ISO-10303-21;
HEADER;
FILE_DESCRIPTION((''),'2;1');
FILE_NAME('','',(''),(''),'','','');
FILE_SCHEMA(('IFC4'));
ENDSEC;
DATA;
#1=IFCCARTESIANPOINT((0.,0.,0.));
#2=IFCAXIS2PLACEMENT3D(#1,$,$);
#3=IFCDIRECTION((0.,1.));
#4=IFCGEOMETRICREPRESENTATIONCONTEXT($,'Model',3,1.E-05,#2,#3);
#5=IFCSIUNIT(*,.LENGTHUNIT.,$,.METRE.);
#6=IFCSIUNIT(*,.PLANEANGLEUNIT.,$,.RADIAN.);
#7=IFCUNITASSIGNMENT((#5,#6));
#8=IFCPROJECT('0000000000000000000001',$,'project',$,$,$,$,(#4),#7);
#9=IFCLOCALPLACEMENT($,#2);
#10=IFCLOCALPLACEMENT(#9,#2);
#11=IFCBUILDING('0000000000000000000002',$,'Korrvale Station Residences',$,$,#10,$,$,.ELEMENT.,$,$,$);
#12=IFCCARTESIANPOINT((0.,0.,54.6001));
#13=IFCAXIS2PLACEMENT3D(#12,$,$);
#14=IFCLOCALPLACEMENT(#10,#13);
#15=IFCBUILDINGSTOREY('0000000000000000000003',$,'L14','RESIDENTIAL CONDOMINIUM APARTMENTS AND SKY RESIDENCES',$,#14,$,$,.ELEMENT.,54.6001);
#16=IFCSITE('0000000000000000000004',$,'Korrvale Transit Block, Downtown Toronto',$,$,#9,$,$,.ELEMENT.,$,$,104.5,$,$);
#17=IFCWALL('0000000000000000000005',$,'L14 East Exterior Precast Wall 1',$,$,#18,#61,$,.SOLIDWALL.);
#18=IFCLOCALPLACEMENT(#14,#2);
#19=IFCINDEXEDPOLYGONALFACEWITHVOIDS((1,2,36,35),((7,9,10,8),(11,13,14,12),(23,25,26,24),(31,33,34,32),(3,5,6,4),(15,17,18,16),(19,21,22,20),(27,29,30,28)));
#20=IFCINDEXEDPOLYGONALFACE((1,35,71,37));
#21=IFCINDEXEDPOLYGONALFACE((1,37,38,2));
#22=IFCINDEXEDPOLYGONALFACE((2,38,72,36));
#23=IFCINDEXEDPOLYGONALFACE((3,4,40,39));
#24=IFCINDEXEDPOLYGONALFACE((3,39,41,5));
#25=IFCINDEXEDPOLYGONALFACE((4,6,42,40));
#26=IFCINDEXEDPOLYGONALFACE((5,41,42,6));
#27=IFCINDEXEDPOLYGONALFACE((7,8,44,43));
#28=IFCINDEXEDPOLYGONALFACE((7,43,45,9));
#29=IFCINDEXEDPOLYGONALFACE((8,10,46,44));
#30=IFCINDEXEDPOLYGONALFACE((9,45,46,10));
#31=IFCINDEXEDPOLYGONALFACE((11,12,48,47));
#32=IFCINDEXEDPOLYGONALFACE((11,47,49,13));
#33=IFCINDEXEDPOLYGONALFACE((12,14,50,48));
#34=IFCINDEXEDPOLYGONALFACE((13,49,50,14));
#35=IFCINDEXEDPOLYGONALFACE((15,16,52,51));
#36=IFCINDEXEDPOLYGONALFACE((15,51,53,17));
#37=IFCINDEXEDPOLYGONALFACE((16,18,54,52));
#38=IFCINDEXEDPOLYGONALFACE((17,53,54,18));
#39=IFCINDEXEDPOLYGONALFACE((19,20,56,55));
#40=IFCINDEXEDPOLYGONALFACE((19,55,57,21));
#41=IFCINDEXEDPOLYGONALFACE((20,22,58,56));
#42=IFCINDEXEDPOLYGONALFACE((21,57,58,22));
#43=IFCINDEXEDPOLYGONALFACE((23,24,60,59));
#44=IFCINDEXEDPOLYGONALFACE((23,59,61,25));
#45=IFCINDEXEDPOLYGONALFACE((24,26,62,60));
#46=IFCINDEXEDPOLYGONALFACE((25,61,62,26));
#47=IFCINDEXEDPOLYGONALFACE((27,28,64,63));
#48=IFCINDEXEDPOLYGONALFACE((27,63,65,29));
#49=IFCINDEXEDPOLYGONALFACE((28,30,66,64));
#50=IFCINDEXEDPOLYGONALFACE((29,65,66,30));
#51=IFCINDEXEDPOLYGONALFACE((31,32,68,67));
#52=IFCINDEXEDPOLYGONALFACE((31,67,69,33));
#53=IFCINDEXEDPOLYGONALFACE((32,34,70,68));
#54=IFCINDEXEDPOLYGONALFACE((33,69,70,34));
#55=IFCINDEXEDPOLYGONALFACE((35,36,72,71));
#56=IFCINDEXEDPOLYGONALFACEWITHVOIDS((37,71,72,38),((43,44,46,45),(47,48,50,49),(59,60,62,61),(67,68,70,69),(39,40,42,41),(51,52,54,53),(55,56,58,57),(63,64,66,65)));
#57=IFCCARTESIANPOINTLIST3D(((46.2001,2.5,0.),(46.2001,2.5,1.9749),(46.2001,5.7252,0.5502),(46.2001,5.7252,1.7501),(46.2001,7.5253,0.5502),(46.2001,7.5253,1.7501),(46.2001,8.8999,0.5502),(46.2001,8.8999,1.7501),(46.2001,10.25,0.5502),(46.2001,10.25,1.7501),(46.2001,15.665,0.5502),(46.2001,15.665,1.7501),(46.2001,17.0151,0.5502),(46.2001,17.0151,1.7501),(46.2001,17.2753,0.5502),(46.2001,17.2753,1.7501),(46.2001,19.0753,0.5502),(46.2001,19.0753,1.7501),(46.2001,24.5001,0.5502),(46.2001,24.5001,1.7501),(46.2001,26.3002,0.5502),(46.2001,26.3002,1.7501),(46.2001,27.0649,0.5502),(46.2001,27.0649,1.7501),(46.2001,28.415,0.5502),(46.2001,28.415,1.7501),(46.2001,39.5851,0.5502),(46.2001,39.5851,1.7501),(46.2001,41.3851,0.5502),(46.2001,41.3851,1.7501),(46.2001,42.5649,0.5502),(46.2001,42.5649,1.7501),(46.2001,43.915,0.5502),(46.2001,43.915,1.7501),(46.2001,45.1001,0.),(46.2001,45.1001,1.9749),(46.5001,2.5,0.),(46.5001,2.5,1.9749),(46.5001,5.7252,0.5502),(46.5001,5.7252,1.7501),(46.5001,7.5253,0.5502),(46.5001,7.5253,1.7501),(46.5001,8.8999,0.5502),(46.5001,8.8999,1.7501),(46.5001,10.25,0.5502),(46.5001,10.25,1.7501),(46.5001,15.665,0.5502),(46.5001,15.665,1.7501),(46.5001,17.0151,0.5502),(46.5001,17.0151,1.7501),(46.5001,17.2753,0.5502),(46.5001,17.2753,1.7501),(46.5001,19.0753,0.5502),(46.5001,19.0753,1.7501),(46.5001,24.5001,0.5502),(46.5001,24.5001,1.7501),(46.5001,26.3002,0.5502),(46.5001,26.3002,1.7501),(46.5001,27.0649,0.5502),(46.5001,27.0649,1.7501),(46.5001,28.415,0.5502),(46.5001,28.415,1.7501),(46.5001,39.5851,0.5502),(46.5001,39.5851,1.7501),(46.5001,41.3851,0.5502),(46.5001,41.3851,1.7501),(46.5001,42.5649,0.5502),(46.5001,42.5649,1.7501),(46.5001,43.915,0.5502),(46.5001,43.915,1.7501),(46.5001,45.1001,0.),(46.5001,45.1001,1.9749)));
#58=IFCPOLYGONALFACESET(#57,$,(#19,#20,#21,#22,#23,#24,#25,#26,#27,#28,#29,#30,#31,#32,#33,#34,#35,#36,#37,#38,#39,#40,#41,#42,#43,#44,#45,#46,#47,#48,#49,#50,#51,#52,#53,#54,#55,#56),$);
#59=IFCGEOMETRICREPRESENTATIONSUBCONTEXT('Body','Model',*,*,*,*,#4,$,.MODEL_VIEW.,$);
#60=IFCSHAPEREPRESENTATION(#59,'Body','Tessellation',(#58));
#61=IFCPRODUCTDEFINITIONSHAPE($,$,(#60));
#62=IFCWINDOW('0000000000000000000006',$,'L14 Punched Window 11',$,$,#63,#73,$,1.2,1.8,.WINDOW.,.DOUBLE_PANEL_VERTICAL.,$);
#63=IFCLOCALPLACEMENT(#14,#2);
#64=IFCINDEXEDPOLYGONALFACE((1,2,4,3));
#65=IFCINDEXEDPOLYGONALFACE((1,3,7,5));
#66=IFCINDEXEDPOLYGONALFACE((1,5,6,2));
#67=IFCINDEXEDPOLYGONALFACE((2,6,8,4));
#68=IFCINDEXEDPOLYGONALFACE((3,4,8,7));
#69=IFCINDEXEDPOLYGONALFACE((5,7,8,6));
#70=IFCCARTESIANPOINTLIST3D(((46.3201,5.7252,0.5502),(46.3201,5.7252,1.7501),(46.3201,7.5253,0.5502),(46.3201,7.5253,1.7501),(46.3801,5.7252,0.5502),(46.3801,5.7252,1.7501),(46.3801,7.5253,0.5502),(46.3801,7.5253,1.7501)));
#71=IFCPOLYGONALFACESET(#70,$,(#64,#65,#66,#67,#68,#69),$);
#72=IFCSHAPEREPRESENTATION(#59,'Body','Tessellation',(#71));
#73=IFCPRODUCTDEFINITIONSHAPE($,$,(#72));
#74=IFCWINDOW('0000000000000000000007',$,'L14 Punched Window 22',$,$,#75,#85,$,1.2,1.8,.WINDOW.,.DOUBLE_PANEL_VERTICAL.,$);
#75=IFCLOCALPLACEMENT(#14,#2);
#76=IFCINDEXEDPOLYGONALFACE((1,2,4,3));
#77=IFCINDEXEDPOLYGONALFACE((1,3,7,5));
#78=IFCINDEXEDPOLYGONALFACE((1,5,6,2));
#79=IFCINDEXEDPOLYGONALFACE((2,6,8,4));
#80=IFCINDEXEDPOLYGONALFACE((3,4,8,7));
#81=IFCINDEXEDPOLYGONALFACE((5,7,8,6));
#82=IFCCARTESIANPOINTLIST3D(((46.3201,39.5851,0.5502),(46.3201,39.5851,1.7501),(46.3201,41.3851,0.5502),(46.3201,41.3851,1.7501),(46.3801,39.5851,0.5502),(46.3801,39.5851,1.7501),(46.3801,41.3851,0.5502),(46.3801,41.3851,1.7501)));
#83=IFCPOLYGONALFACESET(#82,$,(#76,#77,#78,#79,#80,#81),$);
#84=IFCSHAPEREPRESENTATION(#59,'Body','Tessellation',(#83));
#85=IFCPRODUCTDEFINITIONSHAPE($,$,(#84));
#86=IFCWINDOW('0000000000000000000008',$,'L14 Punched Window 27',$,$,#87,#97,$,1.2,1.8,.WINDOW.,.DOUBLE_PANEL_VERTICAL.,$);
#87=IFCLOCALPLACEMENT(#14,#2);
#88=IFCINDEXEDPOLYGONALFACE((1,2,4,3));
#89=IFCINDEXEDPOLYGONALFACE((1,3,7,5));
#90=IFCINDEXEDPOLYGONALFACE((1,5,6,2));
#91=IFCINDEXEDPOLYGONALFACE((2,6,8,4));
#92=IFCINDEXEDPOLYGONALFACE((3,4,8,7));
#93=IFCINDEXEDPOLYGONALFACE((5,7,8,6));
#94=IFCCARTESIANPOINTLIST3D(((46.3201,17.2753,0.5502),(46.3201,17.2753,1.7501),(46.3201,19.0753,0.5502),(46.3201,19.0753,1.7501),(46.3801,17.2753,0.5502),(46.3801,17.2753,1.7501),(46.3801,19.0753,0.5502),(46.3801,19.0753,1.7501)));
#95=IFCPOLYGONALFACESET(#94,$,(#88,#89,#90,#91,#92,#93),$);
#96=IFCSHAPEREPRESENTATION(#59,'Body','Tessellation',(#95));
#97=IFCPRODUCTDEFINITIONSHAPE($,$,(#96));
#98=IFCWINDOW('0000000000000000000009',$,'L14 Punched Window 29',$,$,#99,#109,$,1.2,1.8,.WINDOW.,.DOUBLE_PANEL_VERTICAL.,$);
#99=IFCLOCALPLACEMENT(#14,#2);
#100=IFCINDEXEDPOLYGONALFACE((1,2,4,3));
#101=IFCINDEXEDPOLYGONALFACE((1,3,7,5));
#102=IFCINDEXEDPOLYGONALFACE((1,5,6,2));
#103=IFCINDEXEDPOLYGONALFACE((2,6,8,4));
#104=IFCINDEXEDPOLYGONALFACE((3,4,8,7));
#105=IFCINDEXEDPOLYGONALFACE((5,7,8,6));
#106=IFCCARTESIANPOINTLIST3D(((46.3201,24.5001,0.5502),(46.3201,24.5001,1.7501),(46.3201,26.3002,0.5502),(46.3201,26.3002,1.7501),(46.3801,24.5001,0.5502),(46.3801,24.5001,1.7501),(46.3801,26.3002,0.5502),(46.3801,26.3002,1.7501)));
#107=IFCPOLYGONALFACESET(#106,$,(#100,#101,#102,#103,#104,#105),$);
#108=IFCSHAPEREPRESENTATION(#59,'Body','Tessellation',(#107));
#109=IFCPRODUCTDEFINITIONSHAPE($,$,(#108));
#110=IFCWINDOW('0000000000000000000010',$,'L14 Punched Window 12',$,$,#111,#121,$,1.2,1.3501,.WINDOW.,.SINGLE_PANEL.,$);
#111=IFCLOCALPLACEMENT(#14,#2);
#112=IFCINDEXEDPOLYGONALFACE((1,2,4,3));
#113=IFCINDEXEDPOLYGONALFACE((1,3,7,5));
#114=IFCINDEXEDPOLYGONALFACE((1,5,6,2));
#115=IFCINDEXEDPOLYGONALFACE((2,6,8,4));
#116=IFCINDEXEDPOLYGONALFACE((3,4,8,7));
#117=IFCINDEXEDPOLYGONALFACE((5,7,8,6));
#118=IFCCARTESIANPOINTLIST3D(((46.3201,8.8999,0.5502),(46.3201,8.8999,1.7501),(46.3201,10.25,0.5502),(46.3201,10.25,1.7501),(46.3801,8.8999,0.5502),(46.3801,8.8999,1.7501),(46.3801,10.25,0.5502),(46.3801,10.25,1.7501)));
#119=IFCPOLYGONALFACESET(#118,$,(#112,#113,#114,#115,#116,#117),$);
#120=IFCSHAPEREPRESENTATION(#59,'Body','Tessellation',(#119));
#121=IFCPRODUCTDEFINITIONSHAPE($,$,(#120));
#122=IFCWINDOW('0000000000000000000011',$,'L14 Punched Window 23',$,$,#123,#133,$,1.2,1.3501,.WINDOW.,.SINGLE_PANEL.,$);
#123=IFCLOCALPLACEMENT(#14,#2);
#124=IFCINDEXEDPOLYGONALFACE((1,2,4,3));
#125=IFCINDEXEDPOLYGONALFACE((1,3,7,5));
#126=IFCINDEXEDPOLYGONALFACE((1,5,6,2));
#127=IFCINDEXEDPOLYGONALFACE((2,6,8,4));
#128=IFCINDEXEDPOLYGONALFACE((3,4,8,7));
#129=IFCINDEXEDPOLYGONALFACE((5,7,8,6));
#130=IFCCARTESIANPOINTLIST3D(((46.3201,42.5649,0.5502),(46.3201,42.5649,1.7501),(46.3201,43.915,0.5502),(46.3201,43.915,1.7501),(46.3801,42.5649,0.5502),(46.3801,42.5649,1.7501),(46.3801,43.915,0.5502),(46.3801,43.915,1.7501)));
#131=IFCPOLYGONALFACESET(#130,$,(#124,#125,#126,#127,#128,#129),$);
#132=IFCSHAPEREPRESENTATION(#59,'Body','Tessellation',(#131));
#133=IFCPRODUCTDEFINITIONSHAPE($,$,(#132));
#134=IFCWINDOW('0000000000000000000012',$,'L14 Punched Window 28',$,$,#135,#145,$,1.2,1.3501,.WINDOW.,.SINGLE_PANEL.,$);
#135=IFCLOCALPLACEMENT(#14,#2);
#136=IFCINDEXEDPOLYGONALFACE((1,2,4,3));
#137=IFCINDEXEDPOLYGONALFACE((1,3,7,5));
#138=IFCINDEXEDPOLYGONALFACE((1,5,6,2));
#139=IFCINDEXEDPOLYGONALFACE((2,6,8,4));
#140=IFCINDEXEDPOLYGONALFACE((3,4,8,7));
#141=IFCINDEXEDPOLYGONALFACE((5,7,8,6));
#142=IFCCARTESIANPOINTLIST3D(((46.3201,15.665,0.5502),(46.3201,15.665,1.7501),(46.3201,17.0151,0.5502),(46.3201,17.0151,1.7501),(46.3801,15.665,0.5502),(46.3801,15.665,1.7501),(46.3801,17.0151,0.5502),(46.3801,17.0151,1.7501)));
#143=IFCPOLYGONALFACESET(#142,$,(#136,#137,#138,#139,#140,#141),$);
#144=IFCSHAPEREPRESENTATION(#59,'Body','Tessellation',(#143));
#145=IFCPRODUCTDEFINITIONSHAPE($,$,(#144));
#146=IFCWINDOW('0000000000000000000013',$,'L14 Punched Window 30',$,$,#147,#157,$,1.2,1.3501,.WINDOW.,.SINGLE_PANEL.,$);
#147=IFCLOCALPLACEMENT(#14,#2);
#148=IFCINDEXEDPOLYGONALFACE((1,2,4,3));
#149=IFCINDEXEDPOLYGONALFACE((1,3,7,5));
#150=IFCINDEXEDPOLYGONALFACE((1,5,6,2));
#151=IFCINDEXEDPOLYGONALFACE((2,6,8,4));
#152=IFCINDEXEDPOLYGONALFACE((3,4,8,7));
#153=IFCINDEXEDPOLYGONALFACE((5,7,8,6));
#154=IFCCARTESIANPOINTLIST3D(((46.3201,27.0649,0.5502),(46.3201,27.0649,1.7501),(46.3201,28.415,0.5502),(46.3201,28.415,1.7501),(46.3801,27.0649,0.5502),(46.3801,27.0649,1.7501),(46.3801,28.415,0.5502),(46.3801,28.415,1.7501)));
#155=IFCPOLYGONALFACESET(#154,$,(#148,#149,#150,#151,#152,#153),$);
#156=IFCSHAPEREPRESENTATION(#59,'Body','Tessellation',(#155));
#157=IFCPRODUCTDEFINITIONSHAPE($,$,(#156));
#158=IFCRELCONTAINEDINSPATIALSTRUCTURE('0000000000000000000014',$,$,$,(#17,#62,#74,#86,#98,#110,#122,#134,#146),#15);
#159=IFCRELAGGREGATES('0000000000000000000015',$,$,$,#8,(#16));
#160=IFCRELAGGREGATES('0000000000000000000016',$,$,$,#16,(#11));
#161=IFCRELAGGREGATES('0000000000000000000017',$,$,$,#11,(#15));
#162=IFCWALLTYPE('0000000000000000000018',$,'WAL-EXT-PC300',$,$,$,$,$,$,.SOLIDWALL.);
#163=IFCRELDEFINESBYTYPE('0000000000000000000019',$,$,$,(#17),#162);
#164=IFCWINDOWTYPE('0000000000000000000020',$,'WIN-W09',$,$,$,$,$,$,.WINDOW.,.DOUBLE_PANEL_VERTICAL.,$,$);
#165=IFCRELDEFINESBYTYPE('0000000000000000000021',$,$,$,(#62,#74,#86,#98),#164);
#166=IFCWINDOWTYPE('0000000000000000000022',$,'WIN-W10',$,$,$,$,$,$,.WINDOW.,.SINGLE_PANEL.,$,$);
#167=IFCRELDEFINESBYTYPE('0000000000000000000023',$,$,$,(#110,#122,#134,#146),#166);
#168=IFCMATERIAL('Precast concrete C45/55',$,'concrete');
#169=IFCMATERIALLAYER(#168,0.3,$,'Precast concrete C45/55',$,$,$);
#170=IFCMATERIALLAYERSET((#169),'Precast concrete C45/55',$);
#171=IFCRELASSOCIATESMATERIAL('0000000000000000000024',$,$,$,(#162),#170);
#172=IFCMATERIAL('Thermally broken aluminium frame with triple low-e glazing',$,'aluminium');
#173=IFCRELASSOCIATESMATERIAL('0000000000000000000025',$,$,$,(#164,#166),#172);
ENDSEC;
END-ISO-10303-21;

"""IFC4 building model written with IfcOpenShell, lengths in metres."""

from ifc_helpers import new_model, si_unit, direction, frame, frame_2d, origin, place, context, subcontext, project, spatial, rectangle, extrude, material, layer, layer_set, type_object, element, fill, save


model = new_model("IFC4")

# Units and contexts
model_context = context("Model", 3, precision=1e-05, world=origin(), true_north=direction((0.0, 1.0)))
body_context = subcontext(model_context, "Body", "Model", "MODEL_VIEW")
ifc_project = project(units=[si_unit("LENGTHUNIT", "METRE"), si_unit("PLANEANGLEUNIT", "RADIAN")], contexts=[model_context])

# Site, building, storey
site_placement = place(None, origin())
site = spatial("IfcSite", under=ifc_project, at=site_placement, Name="Korrvale Transit Block, Downtown Toronto", CompositionType="ELEMENT", RefElevation=104.5)
building_placement = place(site_placement, origin())
building = spatial("IfcBuilding", under=site, at=building_placement, Name="Korrvale Station Residences", CompositionType="ELEMENT")
storey_placement = place(building_placement, frame((0.0, 0.0, 54.6001)))
storey = spatial("IfcBuildingStorey", under=building, at=storey_placement, Name="L14", Description="RESIDENTIAL CONDOMINIUM APARTMENTS AND SKY RESIDENCES", CompositionType="ELEMENT", Elevation=54.6001)

# Shared definitions
ifc_material_1 = material(Name="Precast concrete C45/55", Category="concrete")
ifc_layer_1 = layer(ifc_material_1, 0.3, Name="Precast concrete C45/55")
ifc_layer_set_1 = layer_set([ifc_layer_1], Name="Precast concrete C45/55")
wall_type_1 = type_object("IfcWallType", Name="WAL-EXT-PC300", PredefinedType="SOLIDWALL", material=ifc_layer_set_1)

# Wall, openings, windows
wall_1_placement = place(storey_placement, frame((46.3501, 45.1001, 0.0), z_axis=(0.0, 0.0, 1.0), x_axis=(0.0, -1.0, 0.0)))
wall_1 = element("IfcWall", 1, at=wall_1_placement, inside=storey, type_object=wall_type_1, Name="L14 East Exterior Precast Wall 1", PredefinedType="SOLIDWALL", context=body_context, shape_type="SweptSolid", body=[
    extrude(rectangle(XDim=42.6001, YDim=0.3, at=frame_2d((21.3, 0.0))), origin(), (0.0, 0.0, 1.0), 1.9749),
])
opening_1_placement = place(wall_1_placement, frame((37.575, 0.0, 0.55)))
opening_1 = element("IfcOpeningElement", 2, at=opening_1_placement, cuts=wall_1, PredefinedType="OPENING", context=body_context, shape_type="SweptSolid", body=[
    extrude(rectangle(XDim=1.8, YDim=1.2, at=frame_2d((0.8999, 0.6001))), frame((0.0, 0.1602, 0.0), z_axis=(0.0, -1.0, 0.0), x_axis=(1.0, 0.0, 0.0)), (0.0, 0.0, 1.0), 0.3201),
])
opening_2_placement = place(wall_1_placement, frame((34.8501, 0.0, 0.55)))
opening_2 = element("IfcOpeningElement", 3, at=opening_2_placement, cuts=wall_1, PredefinedType="OPENING", context=body_context, shape_type="SweptSolid", body=[
    extrude(rectangle(XDim=1.3501, YDim=1.2, at=frame_2d((0.675, 0.6001))), frame((0.0, 0.1602, 0.0), z_axis=(0.0, -1.0, 0.0), x_axis=(1.0, 0.0, 0.0)), (0.0, 0.0, 1.0), 0.3201),
])
opening_3_placement = place(wall_1_placement, frame((3.7151, 0.0, 0.55)))
opening_3 = element("IfcOpeningElement", 4, at=opening_3_placement, cuts=wall_1, PredefinedType="OPENING", context=body_context, shape_type="SweptSolid", body=[
    extrude(rectangle(XDim=1.8, YDim=1.2, at=frame_2d((0.8999, 0.6001))), frame((0.0, 0.1602, 0.0), z_axis=(0.0, -1.0, 0.0), x_axis=(1.0, 0.0, 0.0)), (0.0, 0.0, 1.0), 0.3201),
])
opening_4_placement = place(wall_1_placement, frame((1.1851, 0.0, 0.55)))
opening_4 = element("IfcOpeningElement", 5, at=opening_4_placement, cuts=wall_1, PredefinedType="OPENING", context=body_context, shape_type="SweptSolid", body=[
    extrude(rectangle(XDim=1.3501, YDim=1.2, at=frame_2d((0.675, 0.6001))), frame((0.0, 0.1602, 0.0), z_axis=(0.0, -1.0, 0.0), x_axis=(1.0, 0.0, 0.0)), (0.0, 0.0, 1.0), 0.3201),
])
opening_5_placement = place(wall_1_placement, frame((26.0249, 0.0, 0.55)))
opening_5 = element("IfcOpeningElement", 6, at=opening_5_placement, cuts=wall_1, PredefinedType="OPENING", context=body_context, shape_type="SweptSolid", body=[
    extrude(rectangle(XDim=1.8, YDim=1.2, at=frame_2d((0.8999, 0.6001))), frame((0.0, 0.1602, 0.0), z_axis=(0.0, -1.0, 0.0), x_axis=(1.0, 0.0, 0.0)), (0.0, 0.0, 1.0), 0.3201),
])
opening_6_placement = place(wall_1_placement, frame((28.085, 0.0, 0.55)))
opening_6 = element("IfcOpeningElement", 7, at=opening_6_placement, cuts=wall_1, PredefinedType="OPENING", context=body_context, shape_type="SweptSolid", body=[
    extrude(rectangle(XDim=1.3501, YDim=1.2, at=frame_2d((0.675, 0.6001))), frame((0.0, 0.1602, 0.0), z_axis=(0.0, -1.0, 0.0), x_axis=(1.0, 0.0, 0.0)), (0.0, 0.0, 1.0), 0.3201),
])
opening_7_placement = place(wall_1_placement, frame((18.8, 0.0, 0.55)))
opening_7 = element("IfcOpeningElement", 8, at=opening_7_placement, cuts=wall_1, PredefinedType="OPENING", context=body_context, shape_type="SweptSolid", body=[
    extrude(rectangle(XDim=1.8, YDim=1.2, at=frame_2d((0.8999, 0.6001))), frame((0.0, 0.1602, 0.0), z_axis=(0.0, -1.0, 0.0), x_axis=(1.0, 0.0, 0.0)), (0.0, 0.0, 1.0), 0.3201),
])
opening_8_placement = place(wall_1_placement, frame((16.6851, 0.0, 0.55)))
opening_8 = element("IfcOpeningElement", 9, at=opening_8_placement, cuts=wall_1, PredefinedType="OPENING", context=body_context, shape_type="SweptSolid", body=[
    extrude(rectangle(XDim=1.3501, YDim=1.2, at=frame_2d((0.675, 0.6001))), frame((0.0, 0.1602, 0.0), z_axis=(0.0, -1.0, 0.0), x_axis=(1.0, 0.0, 0.0)), (0.0, 0.0, 1.0), 0.3201),
])
ifc_material_2 = material(Name="Thermally broken aluminium frame with triple low-e glazing", Category="aluminium")
window_type_1 = type_object("IfcWindowType", Name="WIN-W09", PartitioningType="DOUBLE_PANEL_VERTICAL", PredefinedType="WINDOW", material=ifc_material_2)
window_1_placement = place(opening_1_placement, origin())
window_1 = element("IfcWindow", 10, at=window_1_placement, inside=storey, type_object=window_type_1, Name="L14 Punched Window 11", OverallHeight=1.2, OverallWidth=1.8, PartitioningType="DOUBLE_PANEL_VERTICAL", PredefinedType="WINDOW", context=body_context, shape_type="SweptSolid", body=[
    extrude(rectangle(XDim=1.8, YDim=1.2, at=frame_2d((0.8999, 0.6001))), frame((0.0, 0.03, 0.0), z_axis=(0.0, -1.0, 0.0), x_axis=(1.0, 0.0, 0.0)), (0.0, 0.0, 1.0), 0.0601),
])
fill(opening_1, window_1)
window_2_placement = place(opening_3_placement, origin())
window_2 = element("IfcWindow", 11, at=window_2_placement, inside=storey, type_object=window_type_1, Name="L14 Punched Window 22", OverallHeight=1.2, OverallWidth=1.8, PartitioningType="DOUBLE_PANEL_VERTICAL", PredefinedType="WINDOW", context=body_context, shape_type="SweptSolid", body=[
    extrude(rectangle(XDim=1.8, YDim=1.2, at=frame_2d((0.8999, 0.6001))), frame((0.0, 0.03, 0.0), z_axis=(0.0, -1.0, 0.0), x_axis=(1.0, 0.0, 0.0)), (0.0, 0.0, 1.0), 0.0601),
])
fill(opening_3, window_2)
window_3_placement = place(opening_5_placement, origin())
window_3 = element("IfcWindow", 12, at=window_3_placement, inside=storey, type_object=window_type_1, Name="L14 Punched Window 27", OverallHeight=1.2, OverallWidth=1.8, PartitioningType="DOUBLE_PANEL_VERTICAL", PredefinedType="WINDOW", context=body_context, shape_type="SweptSolid", body=[
    extrude(rectangle(XDim=1.8, YDim=1.2, at=frame_2d((0.8999, 0.6001))), frame((0.0, 0.03, 0.0), z_axis=(0.0, -1.0, 0.0), x_axis=(1.0, 0.0, 0.0)), (0.0, 0.0, 1.0), 0.0601),
])
fill(opening_5, window_3)
window_4_placement = place(opening_7_placement, origin())
window_4 = element("IfcWindow", 13, at=window_4_placement, inside=storey, type_object=window_type_1, Name="L14 Punched Window 29", OverallHeight=1.2, OverallWidth=1.8, PartitioningType="DOUBLE_PANEL_VERTICAL", PredefinedType="WINDOW", context=body_context, shape_type="SweptSolid", body=[
    extrude(rectangle(XDim=1.8, YDim=1.2, at=frame_2d((0.8999, 0.6001))), frame((0.0, 0.03, 0.0), z_axis=(0.0, -1.0, 0.0), x_axis=(1.0, 0.0, 0.0)), (0.0, 0.0, 1.0), 0.0601),
])
fill(opening_7, window_4)
window_type_2 = type_object("IfcWindowType", Name="WIN-W10", PartitioningType="SINGLE_PANEL", PredefinedType="WINDOW", material=ifc_material_2)
window_5_placement = place(opening_2_placement, origin())
window_5 = element("IfcWindow", 14, at=window_5_placement, inside=storey, type_object=window_type_2, Name="L14 Punched Window 12", OverallHeight=1.2, OverallWidth=1.3501, PartitioningType="SINGLE_PANEL", PredefinedType="WINDOW", context=body_context, shape_type="SweptSolid", body=[
    extrude(rectangle(XDim=1.3501, YDim=1.2, at=frame_2d((0.675, 0.6001))), frame((0.0, 0.03, 0.0), z_axis=(0.0, -1.0, 0.0), x_axis=(1.0, 0.0, 0.0)), (0.0, 0.0, 1.0), 0.0601),
])
fill(opening_2, window_5)
window_6_placement = place(opening_4_placement, origin())
window_6 = element("IfcWindow", 15, at=window_6_placement, inside=storey, type_object=window_type_2, Name="L14 Punched Window 23", OverallHeight=1.2, OverallWidth=1.3501, PartitioningType="SINGLE_PANEL", PredefinedType="WINDOW", context=body_context, shape_type="SweptSolid", body=[
    extrude(rectangle(XDim=1.3501, YDim=1.2, at=frame_2d((0.675, 0.6001))), frame((0.0, 0.03, 0.0), z_axis=(0.0, -1.0, 0.0), x_axis=(1.0, 0.0, 0.0)), (0.0, 0.0, 1.0), 0.0601),
])
fill(opening_4, window_6)
window_7_placement = place(opening_6_placement, origin())
window_7 = element("IfcWindow", 16, at=window_7_placement, inside=storey, type_object=window_type_2, Name="L14 Punched Window 28", OverallHeight=1.2, OverallWidth=1.3501, PartitioningType="SINGLE_PANEL", PredefinedType="WINDOW", context=body_context, shape_type="SweptSolid", body=[
    extrude(rectangle(XDim=1.3501, YDim=1.2, at=frame_2d((0.675, 0.6001))), frame((0.0, 0.03, 0.0), z_axis=(0.0, -1.0, 0.0), x_axis=(1.0, 0.0, 0.0)), (0.0, 0.0, 1.0), 0.0601),
])
fill(opening_6, window_7)
window_8_placement = place(opening_8_placement, origin())
window_8 = element("IfcWindow", 17, at=window_8_placement, inside=storey, type_object=window_type_2, Name="L14 Punched Window 30", OverallHeight=1.2, OverallWidth=1.3501, PartitioningType="SINGLE_PANEL", PredefinedType="WINDOW", context=body_context, shape_type="SweptSolid", body=[
    extrude(rectangle(XDim=1.3501, YDim=1.2, at=frame_2d((0.675, 0.6001))), frame((0.0, 0.03, 0.0), z_axis=(0.0, -1.0, 0.0), x_axis=(1.0, 0.0, 0.0)), (0.0, 0.0, 1.0), 0.0601),
])
fill(opening_8, window_8)

save(model, "model.ifc")
